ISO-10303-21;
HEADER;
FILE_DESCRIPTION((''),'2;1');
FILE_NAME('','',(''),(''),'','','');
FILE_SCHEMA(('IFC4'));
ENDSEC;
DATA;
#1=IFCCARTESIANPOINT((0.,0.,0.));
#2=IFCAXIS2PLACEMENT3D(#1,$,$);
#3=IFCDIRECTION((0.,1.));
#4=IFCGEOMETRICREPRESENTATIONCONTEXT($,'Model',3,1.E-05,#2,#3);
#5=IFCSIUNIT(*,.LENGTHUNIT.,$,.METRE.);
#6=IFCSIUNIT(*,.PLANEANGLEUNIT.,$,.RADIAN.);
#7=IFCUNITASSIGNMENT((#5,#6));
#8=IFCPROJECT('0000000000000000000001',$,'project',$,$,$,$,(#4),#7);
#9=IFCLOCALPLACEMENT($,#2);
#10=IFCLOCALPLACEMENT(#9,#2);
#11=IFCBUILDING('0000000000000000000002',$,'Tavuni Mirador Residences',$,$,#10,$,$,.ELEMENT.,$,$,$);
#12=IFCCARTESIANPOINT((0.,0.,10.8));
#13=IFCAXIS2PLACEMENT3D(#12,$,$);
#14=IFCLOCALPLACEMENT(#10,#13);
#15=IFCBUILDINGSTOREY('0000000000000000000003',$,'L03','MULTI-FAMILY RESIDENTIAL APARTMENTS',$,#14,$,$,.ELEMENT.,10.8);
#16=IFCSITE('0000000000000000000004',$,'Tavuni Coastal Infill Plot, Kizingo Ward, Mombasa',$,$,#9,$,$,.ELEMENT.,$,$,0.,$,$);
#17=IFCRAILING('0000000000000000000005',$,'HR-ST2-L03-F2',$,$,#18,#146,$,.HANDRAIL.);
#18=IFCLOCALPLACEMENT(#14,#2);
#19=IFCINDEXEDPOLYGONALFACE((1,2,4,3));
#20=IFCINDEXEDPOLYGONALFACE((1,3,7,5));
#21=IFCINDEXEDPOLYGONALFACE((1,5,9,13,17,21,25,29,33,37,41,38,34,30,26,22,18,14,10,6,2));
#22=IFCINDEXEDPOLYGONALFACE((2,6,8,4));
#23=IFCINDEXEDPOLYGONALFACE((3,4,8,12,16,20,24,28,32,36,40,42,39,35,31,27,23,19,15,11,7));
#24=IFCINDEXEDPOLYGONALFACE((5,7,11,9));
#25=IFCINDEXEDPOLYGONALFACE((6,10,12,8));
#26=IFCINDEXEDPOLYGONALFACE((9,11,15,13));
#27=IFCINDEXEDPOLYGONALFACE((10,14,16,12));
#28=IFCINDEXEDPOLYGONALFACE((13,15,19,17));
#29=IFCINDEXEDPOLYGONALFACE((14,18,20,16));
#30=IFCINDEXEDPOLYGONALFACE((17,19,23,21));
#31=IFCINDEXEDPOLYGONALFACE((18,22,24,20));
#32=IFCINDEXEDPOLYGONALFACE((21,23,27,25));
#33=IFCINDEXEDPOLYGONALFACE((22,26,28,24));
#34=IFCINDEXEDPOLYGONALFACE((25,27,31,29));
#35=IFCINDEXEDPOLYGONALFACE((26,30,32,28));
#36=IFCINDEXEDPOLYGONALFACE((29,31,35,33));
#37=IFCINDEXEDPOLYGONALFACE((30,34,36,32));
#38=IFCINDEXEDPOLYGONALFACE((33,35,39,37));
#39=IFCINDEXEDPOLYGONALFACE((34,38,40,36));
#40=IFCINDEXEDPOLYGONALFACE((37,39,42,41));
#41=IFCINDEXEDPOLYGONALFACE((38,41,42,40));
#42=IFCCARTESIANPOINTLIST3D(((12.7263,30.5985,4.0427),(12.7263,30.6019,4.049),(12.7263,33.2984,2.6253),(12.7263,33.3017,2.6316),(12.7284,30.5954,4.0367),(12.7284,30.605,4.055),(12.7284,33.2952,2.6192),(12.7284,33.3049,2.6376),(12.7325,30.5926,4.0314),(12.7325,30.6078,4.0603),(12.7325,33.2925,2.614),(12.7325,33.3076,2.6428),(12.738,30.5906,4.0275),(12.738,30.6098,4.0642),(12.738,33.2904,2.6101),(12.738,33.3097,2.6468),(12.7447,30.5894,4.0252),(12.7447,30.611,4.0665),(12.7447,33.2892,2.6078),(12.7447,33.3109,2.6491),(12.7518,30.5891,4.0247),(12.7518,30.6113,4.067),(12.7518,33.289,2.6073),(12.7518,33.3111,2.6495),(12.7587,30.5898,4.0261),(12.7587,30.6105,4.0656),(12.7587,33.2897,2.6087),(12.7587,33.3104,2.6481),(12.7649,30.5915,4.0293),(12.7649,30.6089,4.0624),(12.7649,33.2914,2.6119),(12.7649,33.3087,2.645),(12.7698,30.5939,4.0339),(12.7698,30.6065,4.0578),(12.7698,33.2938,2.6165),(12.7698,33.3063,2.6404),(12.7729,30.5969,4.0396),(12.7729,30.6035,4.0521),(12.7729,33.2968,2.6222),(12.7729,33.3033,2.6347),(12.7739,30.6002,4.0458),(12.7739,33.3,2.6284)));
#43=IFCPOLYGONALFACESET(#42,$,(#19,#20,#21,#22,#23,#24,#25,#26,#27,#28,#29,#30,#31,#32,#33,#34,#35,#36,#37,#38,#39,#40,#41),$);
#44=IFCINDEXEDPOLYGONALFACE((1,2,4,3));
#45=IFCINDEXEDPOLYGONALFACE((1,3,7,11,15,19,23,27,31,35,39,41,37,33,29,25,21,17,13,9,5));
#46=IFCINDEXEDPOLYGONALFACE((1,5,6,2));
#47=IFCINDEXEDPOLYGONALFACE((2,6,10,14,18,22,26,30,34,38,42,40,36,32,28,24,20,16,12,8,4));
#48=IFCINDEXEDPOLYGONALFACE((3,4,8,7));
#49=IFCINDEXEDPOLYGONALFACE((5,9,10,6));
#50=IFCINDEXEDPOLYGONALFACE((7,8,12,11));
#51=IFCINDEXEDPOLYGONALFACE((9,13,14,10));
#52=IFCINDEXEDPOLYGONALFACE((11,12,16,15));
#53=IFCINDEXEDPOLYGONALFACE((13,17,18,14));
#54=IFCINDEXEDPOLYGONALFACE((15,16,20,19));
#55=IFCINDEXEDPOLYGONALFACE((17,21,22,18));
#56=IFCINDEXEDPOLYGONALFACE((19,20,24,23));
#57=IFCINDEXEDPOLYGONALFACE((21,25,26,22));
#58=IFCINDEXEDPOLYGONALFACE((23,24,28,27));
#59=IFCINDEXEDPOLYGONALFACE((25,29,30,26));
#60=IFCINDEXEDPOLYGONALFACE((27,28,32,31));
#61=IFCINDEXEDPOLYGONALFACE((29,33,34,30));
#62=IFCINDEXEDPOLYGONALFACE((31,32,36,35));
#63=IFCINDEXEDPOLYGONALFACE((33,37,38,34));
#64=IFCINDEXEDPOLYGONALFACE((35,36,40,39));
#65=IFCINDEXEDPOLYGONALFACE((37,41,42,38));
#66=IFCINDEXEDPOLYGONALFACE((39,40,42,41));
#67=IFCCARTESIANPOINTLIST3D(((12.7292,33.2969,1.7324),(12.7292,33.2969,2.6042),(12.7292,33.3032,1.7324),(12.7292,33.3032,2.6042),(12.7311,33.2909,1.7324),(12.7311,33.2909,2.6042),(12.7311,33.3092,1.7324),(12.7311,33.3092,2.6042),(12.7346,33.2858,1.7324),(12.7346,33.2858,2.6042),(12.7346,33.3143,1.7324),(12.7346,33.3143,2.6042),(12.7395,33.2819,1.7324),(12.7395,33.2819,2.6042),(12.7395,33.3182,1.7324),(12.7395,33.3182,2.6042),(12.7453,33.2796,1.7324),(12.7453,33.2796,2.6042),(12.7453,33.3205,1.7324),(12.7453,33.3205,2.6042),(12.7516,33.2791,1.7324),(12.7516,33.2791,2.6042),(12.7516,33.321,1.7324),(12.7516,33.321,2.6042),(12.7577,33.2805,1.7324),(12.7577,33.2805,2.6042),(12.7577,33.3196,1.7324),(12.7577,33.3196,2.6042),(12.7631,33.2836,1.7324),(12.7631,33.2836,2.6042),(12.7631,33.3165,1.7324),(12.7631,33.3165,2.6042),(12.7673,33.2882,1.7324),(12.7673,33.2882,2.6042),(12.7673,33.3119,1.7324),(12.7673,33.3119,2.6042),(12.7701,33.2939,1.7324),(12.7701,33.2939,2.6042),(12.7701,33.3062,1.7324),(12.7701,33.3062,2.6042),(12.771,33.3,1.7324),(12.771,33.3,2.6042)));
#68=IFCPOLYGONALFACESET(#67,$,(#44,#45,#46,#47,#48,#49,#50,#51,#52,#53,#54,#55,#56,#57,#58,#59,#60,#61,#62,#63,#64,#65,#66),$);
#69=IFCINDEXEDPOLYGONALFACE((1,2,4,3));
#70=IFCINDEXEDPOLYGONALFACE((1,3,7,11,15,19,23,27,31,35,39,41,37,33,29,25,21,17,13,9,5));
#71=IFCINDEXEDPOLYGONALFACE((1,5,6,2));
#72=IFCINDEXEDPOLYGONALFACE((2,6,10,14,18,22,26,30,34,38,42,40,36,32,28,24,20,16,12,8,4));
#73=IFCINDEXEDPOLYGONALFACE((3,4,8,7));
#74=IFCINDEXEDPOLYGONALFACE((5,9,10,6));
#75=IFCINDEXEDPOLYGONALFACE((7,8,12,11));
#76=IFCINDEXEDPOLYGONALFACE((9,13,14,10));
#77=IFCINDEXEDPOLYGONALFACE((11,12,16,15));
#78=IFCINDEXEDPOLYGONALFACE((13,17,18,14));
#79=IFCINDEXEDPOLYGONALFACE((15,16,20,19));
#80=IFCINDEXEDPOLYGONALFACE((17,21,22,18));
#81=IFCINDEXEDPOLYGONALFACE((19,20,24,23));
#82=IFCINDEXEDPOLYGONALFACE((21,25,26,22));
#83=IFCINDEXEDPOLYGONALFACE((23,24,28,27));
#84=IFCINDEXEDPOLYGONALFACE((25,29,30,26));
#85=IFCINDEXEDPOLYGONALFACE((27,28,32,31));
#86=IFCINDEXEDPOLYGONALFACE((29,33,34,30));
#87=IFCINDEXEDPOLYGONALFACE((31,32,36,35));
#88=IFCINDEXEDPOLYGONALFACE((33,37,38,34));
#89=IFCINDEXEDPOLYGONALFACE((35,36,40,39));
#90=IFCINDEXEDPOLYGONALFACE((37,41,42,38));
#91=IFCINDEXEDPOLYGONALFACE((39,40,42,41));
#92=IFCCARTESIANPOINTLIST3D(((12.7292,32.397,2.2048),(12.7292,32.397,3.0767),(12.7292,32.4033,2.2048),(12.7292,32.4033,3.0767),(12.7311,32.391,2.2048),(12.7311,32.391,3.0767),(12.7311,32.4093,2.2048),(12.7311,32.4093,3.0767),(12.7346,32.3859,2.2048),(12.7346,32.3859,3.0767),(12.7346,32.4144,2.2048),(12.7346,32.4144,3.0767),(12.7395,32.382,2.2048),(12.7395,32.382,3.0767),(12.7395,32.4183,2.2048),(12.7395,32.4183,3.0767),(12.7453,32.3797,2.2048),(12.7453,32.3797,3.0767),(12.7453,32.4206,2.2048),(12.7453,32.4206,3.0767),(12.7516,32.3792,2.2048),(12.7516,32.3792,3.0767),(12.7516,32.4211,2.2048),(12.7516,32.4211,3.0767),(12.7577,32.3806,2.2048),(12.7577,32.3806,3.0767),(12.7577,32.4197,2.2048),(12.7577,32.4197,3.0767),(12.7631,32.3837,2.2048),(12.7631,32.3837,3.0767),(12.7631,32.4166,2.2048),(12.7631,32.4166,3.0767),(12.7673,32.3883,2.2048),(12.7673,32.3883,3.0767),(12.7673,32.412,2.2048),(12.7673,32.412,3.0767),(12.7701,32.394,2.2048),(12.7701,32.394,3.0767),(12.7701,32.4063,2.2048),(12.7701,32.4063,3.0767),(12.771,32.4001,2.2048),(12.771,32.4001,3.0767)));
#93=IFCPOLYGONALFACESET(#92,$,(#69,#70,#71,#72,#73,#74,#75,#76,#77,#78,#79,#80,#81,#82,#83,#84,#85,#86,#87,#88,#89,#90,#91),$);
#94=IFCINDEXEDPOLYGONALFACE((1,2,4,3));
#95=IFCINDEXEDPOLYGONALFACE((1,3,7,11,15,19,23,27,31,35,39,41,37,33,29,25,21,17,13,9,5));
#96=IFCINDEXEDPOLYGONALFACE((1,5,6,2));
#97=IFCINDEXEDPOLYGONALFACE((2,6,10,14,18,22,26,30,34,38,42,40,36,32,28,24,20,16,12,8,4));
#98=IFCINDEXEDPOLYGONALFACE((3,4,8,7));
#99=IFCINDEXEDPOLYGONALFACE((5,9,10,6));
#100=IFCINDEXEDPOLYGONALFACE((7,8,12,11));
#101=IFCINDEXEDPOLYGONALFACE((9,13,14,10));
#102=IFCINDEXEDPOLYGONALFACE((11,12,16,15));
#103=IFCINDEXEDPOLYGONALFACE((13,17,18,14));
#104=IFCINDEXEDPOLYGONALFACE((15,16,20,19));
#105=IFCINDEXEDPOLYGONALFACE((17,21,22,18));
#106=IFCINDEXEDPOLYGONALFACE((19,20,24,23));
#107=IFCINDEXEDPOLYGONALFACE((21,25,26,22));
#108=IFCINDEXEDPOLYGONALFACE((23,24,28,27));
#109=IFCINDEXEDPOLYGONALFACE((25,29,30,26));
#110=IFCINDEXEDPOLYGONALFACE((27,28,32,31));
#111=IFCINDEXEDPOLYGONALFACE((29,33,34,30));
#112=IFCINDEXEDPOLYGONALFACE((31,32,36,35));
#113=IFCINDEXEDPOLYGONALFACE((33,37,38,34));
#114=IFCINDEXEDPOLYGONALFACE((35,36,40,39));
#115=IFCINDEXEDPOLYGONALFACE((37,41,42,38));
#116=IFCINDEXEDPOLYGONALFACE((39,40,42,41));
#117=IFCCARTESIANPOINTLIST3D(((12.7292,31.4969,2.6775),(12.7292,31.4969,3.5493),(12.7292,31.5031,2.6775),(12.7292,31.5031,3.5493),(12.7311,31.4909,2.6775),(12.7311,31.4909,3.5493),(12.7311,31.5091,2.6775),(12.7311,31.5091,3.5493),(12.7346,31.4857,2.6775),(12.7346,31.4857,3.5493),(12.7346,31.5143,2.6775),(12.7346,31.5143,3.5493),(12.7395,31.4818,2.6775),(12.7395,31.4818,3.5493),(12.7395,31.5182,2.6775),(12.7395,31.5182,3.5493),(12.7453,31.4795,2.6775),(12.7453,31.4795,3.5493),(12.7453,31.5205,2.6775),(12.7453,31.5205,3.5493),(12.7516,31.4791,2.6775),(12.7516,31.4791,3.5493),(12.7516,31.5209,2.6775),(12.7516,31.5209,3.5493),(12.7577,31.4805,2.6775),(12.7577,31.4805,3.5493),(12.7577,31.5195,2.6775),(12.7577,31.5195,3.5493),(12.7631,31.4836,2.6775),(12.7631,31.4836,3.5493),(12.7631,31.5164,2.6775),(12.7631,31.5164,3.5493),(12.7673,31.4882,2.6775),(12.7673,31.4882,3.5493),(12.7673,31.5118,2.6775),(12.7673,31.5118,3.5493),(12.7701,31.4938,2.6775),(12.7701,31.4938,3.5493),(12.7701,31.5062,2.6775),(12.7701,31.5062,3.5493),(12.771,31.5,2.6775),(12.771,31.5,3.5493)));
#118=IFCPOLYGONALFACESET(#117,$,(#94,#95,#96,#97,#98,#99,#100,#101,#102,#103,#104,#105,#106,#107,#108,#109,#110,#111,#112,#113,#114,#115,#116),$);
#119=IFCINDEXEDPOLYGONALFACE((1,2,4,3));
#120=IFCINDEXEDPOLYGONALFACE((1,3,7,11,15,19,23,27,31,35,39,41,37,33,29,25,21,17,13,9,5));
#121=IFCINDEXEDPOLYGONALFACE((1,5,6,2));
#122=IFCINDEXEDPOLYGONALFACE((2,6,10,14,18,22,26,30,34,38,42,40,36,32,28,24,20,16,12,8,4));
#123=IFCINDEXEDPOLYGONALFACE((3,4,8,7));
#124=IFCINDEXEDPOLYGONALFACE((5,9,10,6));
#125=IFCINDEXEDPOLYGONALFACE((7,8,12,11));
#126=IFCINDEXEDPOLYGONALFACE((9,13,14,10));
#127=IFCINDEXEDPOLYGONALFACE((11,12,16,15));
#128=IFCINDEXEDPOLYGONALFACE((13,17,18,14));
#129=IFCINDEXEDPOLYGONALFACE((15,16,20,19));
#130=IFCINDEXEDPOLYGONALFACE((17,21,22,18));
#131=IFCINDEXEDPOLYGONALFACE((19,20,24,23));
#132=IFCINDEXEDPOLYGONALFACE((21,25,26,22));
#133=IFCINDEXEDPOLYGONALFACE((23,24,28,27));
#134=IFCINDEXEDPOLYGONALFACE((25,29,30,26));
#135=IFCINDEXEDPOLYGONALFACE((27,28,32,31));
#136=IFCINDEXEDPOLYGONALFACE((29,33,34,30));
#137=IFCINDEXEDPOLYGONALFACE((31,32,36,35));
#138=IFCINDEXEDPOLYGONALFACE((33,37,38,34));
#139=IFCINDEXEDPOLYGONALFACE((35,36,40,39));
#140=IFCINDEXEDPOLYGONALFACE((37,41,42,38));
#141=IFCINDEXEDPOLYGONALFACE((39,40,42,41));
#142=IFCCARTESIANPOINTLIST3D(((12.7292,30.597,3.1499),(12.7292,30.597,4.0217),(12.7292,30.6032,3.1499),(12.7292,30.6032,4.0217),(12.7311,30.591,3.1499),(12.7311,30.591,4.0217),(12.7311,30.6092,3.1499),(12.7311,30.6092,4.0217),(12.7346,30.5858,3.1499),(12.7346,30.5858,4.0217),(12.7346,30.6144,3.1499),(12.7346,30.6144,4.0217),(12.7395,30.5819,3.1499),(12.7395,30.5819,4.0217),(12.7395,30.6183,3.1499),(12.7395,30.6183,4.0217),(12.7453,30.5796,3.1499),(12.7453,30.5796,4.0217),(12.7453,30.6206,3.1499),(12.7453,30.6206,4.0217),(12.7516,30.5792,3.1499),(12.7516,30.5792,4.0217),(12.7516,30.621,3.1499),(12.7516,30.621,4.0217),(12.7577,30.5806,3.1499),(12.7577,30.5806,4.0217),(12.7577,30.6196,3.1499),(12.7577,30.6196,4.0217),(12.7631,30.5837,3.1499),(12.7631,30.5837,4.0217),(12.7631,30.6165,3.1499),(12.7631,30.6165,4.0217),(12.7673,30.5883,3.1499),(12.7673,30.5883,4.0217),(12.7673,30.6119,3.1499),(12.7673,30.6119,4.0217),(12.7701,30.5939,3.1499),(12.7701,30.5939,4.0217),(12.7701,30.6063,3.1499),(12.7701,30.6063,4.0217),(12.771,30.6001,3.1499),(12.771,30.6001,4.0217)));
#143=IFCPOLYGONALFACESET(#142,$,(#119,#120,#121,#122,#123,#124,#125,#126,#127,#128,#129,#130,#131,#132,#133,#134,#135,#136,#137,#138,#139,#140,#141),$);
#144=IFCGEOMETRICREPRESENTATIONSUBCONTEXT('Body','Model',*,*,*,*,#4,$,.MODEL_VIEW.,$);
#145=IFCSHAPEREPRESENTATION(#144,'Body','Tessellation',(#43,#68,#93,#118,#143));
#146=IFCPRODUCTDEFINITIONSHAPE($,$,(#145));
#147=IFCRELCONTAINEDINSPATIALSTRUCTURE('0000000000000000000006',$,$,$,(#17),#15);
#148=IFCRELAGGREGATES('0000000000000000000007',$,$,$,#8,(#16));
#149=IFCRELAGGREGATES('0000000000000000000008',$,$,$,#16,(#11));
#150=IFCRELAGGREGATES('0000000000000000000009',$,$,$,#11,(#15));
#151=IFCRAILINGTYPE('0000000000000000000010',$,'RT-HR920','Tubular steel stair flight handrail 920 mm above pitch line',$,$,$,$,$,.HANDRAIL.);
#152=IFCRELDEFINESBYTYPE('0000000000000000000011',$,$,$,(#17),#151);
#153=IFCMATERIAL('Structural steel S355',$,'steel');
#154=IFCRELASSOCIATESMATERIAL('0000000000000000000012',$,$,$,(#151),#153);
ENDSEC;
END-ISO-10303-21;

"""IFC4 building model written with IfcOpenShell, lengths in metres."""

from ifc_helpers import new_model, si_unit, direction, frame, origin, origin_2d, place, context, subcontext, project, spatial, circle, extrude, material, type_object, element, save


model = new_model("IFC4")

# Units and contexts
model_context = context("Model", 3, precision=1e-05, world=origin(), true_north=direction((0.0, 1.0)))
body_context = subcontext(model_context, "Body", "Model", "MODEL_VIEW")
ifc_project = project(units=[si_unit("LENGTHUNIT", "METRE"), si_unit("PLANEANGLEUNIT", "RADIAN")], contexts=[model_context])

# Site, building, storey
site_placement = place(None, origin())
site = spatial("IfcSite", under=ifc_project, at=site_placement, Name="Tavuni Coastal Infill Plot, Kizingo Ward, Mombasa", CompositionType="ELEMENT", RefElevation=0.0)
building_placement = place(site_placement, origin())
building = spatial("IfcBuilding", under=site, at=building_placement, Name="Tavuni Mirador Residences", CompositionType="ELEMENT")
storey_placement = place(building_placement, frame((0.0, 0.0, 10.8)))
storey = spatial("IfcBuildingStorey", under=building, at=storey_placement, Name="L03", Description="MULTI-FAMILY RESIDENTIAL APARTMENTS", CompositionType="ELEMENT", Elevation=10.8)

# Shared definitions
ifc_material_1 = material(Name="Structural steel S355", Category="steel")

# Railing
railing_type_1 = type_object("IfcRailingType", Name="RT-HR920", Description="Tubular steel stair flight handrail 920 mm above pitch line", PredefinedType="HANDRAIL", material=ifc_material_1)
railing_1_placement = place(storey_placement, frame((12.75, 33.3, 1.7324)))
element("IfcRailing", 1, at=railing_1_placement, inside=storey, type_object=railing_type_1, Name="HR-ST2-L03-F2", PredefinedType="HANDRAIL", context=body_context, shape_type="SweptSolid", body=[
    extrude(circle(Radius=0.0239, at=origin_2d()), frame((0.0, 0.0, 0.896), z_axis=(0.0, -0.885397, 0.464835), x_axis=(1.0, 0.0, 0.0)), (0.0, 0.0, 1.0), 3.0493),
    extrude(circle(Radius=0.021, at=origin_2d()), origin(), (0.0, 0.0, 1.0), 0.8718),
    extrude(circle(Radius=0.021, at=origin_2d()), frame((0.0, -0.8999, 0.4724)), (0.0, 0.0, 1.0), 0.8718),
    extrude(circle(Radius=0.021, at=origin_2d()), frame((0.0, -1.8, 0.9451)), (0.0, 0.0, 1.0), 0.8718),
    extrude(circle(Radius=0.021, at=origin_2d()), frame((0.0, -2.7, 1.4175)), (0.0, 0.0, 1.0), 0.8718),
])

save(model, "model.ifc")
